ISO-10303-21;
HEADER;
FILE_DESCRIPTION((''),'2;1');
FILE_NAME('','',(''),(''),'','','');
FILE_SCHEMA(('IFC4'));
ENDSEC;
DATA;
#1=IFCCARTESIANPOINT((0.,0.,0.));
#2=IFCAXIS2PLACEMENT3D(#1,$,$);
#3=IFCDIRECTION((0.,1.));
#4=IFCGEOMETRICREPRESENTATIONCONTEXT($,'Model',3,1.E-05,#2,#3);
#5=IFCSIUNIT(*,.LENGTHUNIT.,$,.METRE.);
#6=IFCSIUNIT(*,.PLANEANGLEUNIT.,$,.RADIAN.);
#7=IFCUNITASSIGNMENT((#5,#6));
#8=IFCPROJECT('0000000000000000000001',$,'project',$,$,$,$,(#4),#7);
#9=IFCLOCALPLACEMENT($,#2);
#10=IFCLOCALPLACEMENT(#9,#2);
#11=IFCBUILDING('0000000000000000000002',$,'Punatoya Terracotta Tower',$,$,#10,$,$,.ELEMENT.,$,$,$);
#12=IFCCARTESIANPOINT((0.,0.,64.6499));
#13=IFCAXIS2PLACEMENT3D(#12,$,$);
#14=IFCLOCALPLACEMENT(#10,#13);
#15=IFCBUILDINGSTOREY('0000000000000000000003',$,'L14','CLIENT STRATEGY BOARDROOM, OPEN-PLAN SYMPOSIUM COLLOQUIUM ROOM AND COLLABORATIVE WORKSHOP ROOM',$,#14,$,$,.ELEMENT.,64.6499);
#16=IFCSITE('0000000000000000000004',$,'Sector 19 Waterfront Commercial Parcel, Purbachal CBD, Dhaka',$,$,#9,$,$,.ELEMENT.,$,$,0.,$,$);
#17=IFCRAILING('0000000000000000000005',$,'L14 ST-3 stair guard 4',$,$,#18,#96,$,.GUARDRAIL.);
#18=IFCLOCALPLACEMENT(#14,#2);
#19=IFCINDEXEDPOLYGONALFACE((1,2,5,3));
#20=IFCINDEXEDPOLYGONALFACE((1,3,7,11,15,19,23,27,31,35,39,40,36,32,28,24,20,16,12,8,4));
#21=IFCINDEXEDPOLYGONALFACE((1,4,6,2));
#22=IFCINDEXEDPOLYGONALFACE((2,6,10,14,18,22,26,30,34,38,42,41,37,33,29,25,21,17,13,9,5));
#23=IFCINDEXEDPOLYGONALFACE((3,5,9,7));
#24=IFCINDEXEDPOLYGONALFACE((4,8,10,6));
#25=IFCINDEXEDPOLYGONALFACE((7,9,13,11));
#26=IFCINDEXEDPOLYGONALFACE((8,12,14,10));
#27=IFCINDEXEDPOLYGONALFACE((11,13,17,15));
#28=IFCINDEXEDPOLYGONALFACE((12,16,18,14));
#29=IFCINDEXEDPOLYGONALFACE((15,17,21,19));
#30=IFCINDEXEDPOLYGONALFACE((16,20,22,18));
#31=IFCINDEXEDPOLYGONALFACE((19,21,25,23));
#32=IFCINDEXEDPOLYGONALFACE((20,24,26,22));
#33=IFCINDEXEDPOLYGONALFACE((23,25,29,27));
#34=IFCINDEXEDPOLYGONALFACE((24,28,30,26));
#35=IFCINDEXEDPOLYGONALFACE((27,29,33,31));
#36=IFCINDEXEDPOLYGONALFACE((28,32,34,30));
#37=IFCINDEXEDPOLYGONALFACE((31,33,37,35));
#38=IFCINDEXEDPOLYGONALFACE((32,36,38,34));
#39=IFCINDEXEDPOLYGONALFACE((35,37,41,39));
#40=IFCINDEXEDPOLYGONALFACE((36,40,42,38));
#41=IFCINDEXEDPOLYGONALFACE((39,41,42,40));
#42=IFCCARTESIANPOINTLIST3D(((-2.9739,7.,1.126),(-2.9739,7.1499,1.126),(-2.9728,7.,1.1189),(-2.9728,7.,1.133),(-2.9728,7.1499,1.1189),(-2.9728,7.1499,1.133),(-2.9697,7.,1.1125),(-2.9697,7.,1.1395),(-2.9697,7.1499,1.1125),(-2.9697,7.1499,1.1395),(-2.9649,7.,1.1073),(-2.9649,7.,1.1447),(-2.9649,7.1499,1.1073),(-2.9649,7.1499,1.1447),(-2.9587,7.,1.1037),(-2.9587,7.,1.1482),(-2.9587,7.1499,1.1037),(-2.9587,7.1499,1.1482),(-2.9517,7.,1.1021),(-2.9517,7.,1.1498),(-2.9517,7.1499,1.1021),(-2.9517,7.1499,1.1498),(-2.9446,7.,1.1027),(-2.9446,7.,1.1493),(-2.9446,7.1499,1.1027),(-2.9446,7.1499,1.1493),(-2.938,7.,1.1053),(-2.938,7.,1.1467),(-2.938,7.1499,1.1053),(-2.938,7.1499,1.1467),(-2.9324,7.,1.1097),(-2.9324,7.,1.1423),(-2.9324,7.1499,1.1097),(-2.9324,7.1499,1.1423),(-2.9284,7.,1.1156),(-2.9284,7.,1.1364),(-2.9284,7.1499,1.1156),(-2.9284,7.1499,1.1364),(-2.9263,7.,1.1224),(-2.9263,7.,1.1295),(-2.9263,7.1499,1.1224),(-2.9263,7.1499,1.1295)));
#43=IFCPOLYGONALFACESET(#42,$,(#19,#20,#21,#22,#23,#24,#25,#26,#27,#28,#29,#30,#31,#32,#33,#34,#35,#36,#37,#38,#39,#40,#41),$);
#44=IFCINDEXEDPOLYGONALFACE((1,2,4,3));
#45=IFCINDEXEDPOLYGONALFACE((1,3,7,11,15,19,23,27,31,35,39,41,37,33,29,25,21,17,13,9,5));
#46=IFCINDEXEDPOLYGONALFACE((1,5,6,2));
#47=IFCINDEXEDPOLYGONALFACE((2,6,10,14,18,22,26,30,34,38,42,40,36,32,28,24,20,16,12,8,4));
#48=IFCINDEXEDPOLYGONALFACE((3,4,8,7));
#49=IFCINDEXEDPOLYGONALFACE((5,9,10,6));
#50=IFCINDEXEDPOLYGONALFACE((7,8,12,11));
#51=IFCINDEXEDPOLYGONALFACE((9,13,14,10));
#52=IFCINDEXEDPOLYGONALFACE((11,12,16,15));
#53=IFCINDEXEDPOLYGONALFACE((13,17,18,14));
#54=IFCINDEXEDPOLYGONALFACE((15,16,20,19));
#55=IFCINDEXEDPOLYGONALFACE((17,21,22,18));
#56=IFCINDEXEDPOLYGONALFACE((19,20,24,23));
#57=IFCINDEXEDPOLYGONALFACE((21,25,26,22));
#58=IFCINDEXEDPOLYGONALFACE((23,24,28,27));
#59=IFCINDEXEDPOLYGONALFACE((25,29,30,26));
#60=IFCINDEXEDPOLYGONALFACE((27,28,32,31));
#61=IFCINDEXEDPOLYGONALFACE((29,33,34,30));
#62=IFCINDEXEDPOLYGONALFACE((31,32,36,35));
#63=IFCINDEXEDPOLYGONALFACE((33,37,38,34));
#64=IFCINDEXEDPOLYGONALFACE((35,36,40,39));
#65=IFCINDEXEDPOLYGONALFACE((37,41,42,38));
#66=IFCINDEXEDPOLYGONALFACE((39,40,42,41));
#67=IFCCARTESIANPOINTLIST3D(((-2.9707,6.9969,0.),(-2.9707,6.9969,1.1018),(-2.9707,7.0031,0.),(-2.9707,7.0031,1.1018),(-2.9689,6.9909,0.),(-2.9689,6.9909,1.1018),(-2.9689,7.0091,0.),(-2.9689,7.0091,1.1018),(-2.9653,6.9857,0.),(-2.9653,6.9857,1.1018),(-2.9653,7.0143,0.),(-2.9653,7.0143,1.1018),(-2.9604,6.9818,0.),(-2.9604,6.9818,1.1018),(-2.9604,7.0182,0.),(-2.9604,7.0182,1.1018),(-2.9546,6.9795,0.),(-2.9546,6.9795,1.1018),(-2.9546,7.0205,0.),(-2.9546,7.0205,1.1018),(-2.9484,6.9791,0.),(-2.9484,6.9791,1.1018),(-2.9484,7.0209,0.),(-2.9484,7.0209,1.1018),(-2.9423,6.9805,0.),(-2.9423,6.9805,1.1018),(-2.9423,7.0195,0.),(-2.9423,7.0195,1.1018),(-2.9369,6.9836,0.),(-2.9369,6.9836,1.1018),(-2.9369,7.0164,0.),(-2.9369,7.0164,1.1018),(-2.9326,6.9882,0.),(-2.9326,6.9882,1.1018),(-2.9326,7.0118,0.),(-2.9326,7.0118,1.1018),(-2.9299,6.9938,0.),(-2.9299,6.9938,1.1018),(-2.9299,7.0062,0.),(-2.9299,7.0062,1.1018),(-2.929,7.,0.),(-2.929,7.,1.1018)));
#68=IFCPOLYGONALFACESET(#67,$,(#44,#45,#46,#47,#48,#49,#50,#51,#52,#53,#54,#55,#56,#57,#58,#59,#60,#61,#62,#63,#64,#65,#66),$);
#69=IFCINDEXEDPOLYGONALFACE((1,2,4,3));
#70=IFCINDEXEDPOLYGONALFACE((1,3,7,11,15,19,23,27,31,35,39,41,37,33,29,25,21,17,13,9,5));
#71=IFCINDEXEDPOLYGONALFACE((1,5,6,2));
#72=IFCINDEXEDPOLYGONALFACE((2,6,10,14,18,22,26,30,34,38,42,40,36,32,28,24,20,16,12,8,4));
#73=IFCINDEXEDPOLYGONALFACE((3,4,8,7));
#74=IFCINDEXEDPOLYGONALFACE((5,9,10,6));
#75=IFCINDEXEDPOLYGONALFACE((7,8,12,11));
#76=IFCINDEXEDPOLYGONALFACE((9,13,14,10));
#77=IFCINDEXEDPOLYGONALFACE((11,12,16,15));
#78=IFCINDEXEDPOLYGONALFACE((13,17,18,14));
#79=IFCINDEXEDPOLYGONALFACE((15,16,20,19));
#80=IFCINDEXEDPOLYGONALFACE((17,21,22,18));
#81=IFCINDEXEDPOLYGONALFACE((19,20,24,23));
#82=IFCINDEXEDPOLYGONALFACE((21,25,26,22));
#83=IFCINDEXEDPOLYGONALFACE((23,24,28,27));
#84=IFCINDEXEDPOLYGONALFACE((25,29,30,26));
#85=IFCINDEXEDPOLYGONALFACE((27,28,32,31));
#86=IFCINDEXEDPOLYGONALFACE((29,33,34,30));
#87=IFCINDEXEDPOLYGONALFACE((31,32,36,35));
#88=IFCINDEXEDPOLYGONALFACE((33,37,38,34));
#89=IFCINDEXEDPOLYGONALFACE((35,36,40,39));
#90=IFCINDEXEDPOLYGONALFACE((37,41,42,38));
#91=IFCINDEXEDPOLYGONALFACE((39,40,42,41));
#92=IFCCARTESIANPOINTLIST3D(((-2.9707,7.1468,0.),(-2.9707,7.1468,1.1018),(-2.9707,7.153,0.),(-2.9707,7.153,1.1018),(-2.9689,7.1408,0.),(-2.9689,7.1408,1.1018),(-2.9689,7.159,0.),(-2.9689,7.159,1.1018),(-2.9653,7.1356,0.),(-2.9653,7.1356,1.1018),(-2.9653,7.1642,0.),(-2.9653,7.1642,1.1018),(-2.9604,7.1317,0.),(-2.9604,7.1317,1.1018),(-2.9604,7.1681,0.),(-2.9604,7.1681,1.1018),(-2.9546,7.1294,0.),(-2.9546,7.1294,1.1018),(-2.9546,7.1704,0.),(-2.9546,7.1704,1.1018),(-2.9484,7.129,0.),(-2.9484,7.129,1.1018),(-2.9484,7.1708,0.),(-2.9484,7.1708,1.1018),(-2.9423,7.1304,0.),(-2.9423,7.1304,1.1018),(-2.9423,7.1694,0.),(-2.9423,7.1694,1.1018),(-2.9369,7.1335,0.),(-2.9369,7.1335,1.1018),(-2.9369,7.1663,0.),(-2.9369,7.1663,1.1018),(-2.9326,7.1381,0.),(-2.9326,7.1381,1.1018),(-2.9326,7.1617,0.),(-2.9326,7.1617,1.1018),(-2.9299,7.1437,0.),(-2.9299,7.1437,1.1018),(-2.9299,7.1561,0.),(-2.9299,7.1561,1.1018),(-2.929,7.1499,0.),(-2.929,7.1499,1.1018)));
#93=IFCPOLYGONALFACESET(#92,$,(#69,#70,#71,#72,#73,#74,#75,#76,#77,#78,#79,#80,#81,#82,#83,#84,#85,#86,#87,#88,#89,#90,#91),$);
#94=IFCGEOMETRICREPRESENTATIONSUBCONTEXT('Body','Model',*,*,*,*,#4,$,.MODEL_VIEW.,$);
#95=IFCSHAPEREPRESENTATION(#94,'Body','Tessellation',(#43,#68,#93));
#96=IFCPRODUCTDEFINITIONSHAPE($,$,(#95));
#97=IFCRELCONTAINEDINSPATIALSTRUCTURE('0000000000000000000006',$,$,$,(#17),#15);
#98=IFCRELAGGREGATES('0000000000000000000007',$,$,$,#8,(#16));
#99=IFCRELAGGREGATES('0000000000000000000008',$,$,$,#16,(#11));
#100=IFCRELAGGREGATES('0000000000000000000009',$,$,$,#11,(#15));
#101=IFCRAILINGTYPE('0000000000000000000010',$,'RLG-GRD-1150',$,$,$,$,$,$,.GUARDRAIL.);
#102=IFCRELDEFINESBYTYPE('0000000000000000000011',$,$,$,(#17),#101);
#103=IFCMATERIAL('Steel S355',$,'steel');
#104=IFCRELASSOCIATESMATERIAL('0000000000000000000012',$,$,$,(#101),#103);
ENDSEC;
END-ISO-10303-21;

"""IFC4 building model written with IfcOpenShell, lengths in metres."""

from ifc_helpers import new_model, si_unit, direction, frame, origin, origin_2d, place, context, subcontext, project, spatial, circle, extrude, material, type_object, element, save


model = new_model("IFC4")

# Units and contexts
model_context = context("Model", 3, precision=1e-05, world=origin(), true_north=direction((0.0, 1.0)))
body_context = subcontext(model_context, "Body", "Model", "MODEL_VIEW")
ifc_project = project(units=[si_unit("LENGTHUNIT", "METRE"), si_unit("PLANEANGLEUNIT", "RADIAN")], contexts=[model_context])

# Site, building, storey
site_placement = place(None, origin())
site = spatial("IfcSite", under=ifc_project, at=site_placement, Name="Sector 19 Waterfront Commercial Parcel, Purbachal CBD, Dhaka", CompositionType="ELEMENT", RefElevation=0.0)
building_placement = place(site_placement, origin())
building = spatial("IfcBuilding", under=site, at=building_placement, Name="Punatoya Terracotta Tower", CompositionType="ELEMENT")
storey_placement = place(building_placement, frame((0.0, 0.0, 64.6499)))
storey = spatial("IfcBuildingStorey", under=building, at=storey_placement, Name="L14", Description="CLIENT STRATEGY BOARDROOM, OPEN-PLAN SYMPOSIUM COLLOQUIUM ROOM AND COLLABORATIVE WORKSHOP ROOM", CompositionType="ELEMENT", Elevation=64.6499)

# Shared definitions
ifc_material_1 = material(Name="Steel S355", Category="steel")

# Railing
railing_type_1 = type_object("IfcRailingType", Name="RLG-GRD-1150", PredefinedType="GUARDRAIL", material=ifc_material_1)
railing_1_placement = place(storey_placement, frame((-2.95, 7.0, 0.0)))
element("IfcRailing", 1, at=railing_1_placement, inside=storey, type_object=railing_type_1, Name="L14 ST-3 stair guard 4", PredefinedType="GUARDRAIL", context=body_context, shape_type="SweptSolid", body=[
    extrude(circle(Radius=0.0239, at=origin_2d()), frame((0.0, 0.0, 1.126), z_axis=(0.0, 1.0, 0.0), x_axis=(-1.0, 0.0, 0.0)), (0.0, 0.0, 1.0), 0.1499),
    extrude(circle(Radius=0.021, at=origin_2d()), origin(), (0.0, 0.0, 1.0), 1.1018),
    extrude(circle(Radius=0.021, at=origin_2d()), frame((0.0, 0.1499, 0.0)), (0.0, 0.0, 1.0), 1.1018),
])

save(model, "model.ifc")
